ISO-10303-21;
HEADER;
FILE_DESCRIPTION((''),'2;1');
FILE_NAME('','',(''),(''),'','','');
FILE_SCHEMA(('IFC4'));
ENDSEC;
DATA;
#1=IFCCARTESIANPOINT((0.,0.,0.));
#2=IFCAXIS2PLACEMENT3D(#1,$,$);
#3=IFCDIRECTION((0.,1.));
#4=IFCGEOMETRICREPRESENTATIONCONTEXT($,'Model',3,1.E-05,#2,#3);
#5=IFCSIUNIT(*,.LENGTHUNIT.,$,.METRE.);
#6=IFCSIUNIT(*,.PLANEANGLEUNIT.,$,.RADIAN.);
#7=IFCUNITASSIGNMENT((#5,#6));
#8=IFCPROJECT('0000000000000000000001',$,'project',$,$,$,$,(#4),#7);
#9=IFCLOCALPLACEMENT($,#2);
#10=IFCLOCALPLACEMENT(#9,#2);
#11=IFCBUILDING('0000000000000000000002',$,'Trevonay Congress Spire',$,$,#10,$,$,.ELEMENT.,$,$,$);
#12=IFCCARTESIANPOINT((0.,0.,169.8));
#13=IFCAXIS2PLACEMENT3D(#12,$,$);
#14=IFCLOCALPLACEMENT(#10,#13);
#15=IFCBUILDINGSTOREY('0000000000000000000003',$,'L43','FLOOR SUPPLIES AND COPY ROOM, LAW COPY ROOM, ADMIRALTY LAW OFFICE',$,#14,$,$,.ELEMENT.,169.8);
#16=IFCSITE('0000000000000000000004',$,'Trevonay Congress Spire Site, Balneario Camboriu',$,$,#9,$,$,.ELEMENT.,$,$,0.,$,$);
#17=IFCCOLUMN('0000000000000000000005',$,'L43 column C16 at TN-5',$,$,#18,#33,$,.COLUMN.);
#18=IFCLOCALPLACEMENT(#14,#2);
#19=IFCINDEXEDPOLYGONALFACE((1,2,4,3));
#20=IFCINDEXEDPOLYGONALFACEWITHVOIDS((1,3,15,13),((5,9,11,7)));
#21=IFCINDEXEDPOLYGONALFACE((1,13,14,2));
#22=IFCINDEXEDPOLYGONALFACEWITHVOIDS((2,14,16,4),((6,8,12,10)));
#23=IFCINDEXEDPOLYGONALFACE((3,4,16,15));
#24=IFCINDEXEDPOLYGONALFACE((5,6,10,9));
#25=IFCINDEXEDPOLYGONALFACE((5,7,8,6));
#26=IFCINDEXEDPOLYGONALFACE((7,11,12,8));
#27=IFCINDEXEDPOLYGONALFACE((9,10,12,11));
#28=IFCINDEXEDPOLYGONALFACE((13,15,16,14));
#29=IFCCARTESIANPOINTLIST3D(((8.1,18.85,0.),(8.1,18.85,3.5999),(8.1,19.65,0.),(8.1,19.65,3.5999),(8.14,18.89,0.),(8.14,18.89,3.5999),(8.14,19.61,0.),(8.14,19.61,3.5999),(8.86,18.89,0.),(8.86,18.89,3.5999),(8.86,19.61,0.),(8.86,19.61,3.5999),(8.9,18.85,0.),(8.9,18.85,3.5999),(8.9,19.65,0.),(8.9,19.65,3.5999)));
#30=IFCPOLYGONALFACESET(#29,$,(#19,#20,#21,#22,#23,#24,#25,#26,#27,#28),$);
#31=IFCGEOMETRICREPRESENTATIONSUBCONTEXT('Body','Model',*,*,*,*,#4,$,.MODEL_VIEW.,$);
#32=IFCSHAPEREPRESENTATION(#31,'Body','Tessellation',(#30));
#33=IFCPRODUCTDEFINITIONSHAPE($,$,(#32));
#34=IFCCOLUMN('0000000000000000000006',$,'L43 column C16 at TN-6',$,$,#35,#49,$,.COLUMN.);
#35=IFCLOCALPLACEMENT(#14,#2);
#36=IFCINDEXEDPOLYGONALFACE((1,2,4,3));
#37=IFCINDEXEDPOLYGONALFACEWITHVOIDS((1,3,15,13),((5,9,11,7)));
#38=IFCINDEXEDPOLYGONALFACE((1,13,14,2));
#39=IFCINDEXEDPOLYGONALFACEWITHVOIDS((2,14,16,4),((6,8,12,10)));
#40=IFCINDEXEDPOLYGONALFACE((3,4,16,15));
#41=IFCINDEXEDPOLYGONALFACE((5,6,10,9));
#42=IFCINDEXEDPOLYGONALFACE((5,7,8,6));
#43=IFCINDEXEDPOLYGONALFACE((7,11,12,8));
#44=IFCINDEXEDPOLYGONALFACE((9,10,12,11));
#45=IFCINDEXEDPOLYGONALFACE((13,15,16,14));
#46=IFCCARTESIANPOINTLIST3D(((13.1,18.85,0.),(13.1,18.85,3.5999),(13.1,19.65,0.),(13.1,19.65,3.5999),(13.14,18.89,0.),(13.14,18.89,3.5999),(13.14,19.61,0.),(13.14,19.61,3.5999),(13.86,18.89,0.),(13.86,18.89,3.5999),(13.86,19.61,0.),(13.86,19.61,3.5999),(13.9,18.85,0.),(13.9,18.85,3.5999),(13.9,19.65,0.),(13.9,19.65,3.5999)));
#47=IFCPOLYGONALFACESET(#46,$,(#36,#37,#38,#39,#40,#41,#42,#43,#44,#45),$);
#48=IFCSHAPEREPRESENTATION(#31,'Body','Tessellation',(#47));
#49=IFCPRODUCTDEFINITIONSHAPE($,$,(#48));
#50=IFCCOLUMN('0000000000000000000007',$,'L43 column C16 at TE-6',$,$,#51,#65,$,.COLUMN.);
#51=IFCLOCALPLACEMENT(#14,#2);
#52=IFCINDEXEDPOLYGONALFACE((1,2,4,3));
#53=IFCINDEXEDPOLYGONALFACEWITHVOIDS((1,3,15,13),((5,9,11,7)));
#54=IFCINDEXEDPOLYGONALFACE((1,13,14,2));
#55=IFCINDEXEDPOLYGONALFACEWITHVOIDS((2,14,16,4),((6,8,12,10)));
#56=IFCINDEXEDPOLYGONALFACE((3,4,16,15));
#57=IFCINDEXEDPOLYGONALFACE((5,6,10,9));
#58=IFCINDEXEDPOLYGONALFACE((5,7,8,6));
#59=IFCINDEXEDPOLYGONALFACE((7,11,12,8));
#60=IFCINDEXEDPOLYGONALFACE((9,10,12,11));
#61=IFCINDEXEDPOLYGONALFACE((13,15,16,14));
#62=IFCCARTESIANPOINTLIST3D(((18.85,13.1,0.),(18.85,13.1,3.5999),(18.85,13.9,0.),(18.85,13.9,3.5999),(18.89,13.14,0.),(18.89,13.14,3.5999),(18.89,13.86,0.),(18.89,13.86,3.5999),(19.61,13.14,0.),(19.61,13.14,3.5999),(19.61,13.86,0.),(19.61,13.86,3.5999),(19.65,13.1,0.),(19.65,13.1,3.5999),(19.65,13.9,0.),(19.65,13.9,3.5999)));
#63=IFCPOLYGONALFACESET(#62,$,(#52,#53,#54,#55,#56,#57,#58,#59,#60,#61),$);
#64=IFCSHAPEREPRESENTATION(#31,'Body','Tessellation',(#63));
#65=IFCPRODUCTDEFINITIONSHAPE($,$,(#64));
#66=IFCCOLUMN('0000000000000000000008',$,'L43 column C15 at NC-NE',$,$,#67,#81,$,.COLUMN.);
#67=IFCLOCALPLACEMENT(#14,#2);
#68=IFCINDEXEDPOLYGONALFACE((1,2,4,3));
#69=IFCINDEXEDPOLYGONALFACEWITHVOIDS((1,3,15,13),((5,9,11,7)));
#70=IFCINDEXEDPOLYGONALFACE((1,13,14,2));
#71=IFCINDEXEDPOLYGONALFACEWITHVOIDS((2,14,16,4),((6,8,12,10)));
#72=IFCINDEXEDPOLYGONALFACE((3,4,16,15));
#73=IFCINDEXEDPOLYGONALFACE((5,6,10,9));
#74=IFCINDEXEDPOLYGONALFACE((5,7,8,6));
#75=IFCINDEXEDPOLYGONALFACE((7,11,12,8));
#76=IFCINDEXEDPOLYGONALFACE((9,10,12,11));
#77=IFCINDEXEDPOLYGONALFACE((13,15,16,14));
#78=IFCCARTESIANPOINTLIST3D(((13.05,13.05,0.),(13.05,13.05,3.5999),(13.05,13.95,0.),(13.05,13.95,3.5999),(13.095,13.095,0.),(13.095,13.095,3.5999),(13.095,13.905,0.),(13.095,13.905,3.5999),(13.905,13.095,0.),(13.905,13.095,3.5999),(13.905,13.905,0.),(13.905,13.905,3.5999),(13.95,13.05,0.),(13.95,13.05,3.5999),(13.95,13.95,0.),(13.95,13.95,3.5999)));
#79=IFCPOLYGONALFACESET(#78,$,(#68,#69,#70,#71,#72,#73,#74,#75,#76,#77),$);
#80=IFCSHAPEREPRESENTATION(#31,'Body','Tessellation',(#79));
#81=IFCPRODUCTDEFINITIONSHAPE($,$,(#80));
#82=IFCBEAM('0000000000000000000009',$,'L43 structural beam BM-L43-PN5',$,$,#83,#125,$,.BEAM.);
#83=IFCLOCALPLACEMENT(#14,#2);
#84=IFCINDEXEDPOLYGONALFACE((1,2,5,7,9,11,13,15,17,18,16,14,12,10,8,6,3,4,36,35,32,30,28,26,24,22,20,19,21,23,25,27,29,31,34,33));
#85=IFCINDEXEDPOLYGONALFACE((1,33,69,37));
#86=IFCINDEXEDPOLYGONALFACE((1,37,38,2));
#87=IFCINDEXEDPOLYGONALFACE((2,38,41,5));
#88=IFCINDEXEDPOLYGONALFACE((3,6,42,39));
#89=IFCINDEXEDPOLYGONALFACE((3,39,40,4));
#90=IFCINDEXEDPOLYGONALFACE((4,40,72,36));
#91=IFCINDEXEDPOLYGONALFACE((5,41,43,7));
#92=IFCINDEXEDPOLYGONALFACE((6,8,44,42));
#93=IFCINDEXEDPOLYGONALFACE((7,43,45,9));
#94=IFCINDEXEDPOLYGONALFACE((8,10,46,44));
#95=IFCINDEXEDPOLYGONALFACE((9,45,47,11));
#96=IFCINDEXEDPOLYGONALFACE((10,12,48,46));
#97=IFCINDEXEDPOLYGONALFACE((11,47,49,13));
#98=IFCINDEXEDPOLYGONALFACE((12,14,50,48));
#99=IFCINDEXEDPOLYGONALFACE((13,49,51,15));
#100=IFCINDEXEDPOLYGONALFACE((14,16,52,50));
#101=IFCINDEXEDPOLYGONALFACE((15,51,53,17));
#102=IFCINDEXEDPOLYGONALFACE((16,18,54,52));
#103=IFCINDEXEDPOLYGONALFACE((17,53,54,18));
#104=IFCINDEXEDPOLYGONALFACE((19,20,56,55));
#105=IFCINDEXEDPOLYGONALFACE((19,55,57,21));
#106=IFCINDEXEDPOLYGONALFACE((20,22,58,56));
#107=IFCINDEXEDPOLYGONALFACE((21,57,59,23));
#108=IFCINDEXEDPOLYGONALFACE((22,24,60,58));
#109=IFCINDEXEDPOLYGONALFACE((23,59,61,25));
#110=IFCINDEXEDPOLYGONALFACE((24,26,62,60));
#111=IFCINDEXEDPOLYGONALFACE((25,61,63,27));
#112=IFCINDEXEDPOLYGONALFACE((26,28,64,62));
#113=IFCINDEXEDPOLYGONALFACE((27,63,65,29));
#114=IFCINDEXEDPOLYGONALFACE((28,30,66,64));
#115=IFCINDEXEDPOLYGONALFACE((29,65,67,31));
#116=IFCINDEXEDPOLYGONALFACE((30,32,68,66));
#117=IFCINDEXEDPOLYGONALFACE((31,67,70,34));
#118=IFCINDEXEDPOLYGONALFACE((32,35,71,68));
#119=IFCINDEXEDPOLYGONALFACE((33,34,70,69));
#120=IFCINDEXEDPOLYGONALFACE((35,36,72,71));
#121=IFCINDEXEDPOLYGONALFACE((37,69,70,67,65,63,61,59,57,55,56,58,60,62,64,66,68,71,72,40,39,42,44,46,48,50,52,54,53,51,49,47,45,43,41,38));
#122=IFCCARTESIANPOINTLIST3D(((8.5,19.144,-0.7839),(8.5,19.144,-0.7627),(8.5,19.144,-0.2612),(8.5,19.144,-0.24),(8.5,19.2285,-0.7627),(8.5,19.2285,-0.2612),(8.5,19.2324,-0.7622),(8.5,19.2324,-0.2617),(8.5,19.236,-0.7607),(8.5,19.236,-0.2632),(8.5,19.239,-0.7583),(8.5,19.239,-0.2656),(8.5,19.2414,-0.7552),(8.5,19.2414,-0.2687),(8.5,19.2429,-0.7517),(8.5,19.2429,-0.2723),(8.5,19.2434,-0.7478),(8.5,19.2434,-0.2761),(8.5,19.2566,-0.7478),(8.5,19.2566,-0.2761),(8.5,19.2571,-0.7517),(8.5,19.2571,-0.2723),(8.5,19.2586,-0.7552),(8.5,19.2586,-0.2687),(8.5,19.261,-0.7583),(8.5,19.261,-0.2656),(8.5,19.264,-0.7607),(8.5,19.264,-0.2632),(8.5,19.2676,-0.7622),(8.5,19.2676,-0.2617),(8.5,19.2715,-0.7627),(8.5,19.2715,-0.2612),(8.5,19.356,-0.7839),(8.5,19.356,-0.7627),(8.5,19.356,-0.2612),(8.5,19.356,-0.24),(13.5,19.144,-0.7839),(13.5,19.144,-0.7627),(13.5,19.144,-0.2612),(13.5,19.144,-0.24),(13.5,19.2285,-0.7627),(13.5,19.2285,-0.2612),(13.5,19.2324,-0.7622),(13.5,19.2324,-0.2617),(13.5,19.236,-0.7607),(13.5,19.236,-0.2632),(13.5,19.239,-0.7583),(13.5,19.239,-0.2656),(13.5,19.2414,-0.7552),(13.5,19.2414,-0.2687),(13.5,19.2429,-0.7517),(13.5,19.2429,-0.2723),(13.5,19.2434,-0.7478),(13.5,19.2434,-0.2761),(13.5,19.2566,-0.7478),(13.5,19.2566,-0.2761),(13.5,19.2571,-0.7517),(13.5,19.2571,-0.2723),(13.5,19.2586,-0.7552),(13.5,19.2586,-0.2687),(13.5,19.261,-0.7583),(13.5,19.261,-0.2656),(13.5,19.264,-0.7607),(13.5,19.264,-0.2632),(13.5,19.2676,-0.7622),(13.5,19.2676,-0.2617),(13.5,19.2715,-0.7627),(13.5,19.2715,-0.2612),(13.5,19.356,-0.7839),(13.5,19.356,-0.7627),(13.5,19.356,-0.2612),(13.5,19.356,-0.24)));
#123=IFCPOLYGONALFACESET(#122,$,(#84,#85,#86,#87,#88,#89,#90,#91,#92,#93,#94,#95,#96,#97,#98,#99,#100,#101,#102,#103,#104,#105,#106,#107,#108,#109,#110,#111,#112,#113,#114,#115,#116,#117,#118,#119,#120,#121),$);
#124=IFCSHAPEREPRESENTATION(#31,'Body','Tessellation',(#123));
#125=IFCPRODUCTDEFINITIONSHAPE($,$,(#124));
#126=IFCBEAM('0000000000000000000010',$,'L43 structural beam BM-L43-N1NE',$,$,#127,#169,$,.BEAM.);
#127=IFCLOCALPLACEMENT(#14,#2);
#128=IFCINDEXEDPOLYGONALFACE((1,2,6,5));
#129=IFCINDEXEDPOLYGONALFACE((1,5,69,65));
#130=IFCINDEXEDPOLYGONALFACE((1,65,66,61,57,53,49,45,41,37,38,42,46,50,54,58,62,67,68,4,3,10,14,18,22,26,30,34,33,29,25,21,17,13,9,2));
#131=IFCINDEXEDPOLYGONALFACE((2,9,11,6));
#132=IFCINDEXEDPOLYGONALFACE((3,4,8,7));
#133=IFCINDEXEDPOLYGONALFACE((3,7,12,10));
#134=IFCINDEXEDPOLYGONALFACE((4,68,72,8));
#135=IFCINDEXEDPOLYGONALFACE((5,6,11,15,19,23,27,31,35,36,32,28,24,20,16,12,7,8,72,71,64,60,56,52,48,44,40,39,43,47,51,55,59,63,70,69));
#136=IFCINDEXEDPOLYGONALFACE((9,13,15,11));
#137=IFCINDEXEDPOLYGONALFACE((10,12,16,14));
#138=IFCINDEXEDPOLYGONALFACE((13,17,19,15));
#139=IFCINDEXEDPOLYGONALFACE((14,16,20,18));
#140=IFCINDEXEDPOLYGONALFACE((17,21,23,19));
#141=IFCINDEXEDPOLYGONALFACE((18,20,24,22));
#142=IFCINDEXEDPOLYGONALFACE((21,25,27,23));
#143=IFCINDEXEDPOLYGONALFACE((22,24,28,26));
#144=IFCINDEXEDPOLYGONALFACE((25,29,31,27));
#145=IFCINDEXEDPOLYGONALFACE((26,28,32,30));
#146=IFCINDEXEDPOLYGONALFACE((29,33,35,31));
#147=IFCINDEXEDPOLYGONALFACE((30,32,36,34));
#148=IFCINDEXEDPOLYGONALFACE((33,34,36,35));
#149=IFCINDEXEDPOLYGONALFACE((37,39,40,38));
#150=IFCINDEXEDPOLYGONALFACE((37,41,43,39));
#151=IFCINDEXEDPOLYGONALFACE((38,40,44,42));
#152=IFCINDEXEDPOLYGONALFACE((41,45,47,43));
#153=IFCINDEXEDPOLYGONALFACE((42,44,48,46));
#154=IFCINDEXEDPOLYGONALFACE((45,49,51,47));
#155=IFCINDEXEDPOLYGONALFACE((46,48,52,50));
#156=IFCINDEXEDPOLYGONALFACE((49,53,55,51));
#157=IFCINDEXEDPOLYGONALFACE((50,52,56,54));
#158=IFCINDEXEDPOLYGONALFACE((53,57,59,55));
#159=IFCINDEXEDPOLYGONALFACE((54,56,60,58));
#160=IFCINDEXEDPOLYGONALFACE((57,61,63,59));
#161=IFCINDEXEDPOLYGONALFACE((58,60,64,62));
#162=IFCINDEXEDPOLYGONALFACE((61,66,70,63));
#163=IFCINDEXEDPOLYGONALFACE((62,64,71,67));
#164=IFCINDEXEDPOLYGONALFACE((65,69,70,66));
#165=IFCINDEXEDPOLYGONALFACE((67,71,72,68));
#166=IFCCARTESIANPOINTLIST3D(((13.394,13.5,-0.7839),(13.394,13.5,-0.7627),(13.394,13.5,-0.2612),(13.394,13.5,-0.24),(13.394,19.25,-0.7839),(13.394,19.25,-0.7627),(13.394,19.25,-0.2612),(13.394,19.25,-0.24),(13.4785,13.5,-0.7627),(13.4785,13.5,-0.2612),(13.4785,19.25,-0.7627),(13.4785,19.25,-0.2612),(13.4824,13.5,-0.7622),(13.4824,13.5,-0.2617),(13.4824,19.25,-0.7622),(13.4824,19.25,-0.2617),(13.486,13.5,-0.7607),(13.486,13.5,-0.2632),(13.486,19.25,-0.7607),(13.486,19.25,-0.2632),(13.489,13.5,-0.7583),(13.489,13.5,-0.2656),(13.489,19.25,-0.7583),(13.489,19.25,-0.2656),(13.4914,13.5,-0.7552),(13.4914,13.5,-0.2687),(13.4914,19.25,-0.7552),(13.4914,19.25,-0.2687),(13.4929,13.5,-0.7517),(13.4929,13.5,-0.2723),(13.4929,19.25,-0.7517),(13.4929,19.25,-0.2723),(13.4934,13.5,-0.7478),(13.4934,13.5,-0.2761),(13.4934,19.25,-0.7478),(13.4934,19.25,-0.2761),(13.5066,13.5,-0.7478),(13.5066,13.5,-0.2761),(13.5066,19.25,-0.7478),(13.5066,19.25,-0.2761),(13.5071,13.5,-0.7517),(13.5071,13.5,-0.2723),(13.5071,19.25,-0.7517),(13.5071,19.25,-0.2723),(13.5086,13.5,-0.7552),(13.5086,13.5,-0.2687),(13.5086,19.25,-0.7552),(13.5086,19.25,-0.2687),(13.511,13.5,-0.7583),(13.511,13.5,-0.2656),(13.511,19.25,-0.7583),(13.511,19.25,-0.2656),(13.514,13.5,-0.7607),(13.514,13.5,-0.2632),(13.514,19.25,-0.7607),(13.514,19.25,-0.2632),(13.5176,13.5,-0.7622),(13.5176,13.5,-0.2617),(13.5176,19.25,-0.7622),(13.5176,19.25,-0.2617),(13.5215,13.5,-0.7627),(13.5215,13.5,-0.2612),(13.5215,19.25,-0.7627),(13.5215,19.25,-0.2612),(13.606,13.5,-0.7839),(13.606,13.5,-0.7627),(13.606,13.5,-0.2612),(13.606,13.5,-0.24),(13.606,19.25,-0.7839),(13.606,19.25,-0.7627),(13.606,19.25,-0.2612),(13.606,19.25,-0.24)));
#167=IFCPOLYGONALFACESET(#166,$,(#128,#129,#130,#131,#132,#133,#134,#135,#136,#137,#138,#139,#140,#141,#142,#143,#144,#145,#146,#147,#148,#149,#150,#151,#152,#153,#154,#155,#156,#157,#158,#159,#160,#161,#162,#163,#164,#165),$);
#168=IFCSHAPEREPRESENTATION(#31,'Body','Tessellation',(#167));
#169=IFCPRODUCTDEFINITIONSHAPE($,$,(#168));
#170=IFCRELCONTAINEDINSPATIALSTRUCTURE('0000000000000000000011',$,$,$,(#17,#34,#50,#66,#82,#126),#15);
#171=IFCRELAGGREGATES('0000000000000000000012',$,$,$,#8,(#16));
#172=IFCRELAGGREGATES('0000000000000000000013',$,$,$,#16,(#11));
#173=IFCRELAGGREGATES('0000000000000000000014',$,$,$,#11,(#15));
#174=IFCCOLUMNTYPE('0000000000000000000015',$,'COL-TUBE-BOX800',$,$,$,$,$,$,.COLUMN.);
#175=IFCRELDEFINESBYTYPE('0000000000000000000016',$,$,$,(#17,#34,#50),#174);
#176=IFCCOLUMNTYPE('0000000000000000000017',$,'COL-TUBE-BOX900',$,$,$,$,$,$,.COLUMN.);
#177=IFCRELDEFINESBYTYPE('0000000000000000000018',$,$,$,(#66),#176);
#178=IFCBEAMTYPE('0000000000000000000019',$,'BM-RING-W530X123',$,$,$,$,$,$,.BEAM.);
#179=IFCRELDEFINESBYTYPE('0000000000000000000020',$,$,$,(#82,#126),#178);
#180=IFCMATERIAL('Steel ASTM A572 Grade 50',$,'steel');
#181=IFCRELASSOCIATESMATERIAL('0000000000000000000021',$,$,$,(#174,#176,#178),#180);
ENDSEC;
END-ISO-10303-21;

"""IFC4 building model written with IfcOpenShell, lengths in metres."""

from ifc_helpers import new_model, si_unit, direction, frame, origin, origin_2d, place, context, subcontext, project, spatial, hollow_rectangle, i_section, extrude, material, material_profile, profile_set, type_object, element, save


model = new_model("IFC4")

# Units and contexts
model_context = context("Model", 3, precision=1e-05, world=origin(), true_north=direction((0.0, 1.0)))
body_context = subcontext(model_context, "Body", "Model", "MODEL_VIEW")
ifc_project = project(units=[si_unit("LENGTHUNIT", "METRE"), si_unit("PLANEANGLEUNIT", "RADIAN")], contexts=[model_context])

# Site, building, storey
site_placement = place(None, origin())
site = spatial("IfcSite", under=ifc_project, at=site_placement, Name="Trevonay Congress Spire Site, Balneario Camboriu", CompositionType="ELEMENT", RefElevation=0.0)
building_placement = place(site_placement, origin())
building = spatial("IfcBuilding", under=site, at=building_placement, Name="Trevonay Congress Spire", CompositionType="ELEMENT")
storey_placement = place(building_placement, frame((0.0, 0.0, 169.8)))
storey = spatial("IfcBuildingStorey", under=building, at=storey_placement, Name="L43", Description="FLOOR SUPPLIES AND COPY ROOM, LAW COPY ROOM, ADMIRALTY LAW OFFICE", CompositionType="ELEMENT", Elevation=169.8)

# Columns
ifc_material_1 = material(Name="Steel ASTM A572 Grade 50", Category="steel")
ifc_material_profile_1 = material_profile(ifc_material_1, hollow_rectangle(XDim=0.8, YDim=0.8, WallThickness=0.04, at=origin_2d()), Name="BOX 800x800x40")
ifc_profile_set_1 = profile_set([ifc_material_profile_1], Name="Steel ASTM A572 Grade 50")
column_type_1 = type_object("IfcColumnType", Name="COL-TUBE-BOX800", PredefinedType="COLUMN", material=ifc_profile_set_1)
for number, where, z_axis, x_axis, name in (
    (1, (8.5, 19.25, 0.0), (0.0, 0.0, 1.0), (1.0, 0.0, 0.0), "L43 column C16 at TN-5"),
    (2, (13.5, 19.25, 0.0), (0.0, 0.0, 1.0), (1.0, 0.0, 0.0), "L43 column C16 at TN-6"),
    (3, (19.25, 13.5, 0.0), (0.0, 0.0, 1.0), (1.0, 0.0, 0.0), "L43 column C16 at TE-6"),
):
    element("IfcColumn", number, at=place(storey_placement, frame(where, z_axis=z_axis, x_axis=x_axis)), inside=storey, type_object=column_type_1, Name=name, PredefinedType="COLUMN", context=body_context, shape_type="SweptSolid", body=[
        extrude(hollow_rectangle(XDim=0.8, YDim=0.8, WallThickness=0.04, at=origin_2d()), origin(), (0.0, 0.0, 1.0), 3.5999),
    ])
ifc_material_profile_2 = material_profile(ifc_material_1, hollow_rectangle(XDim=0.8999, YDim=0.8999, WallThickness=0.0449, at=origin_2d()), Name="BOX 900x900x45")
ifc_profile_set_2 = profile_set([ifc_material_profile_2], Name="Steel ASTM A572 Grade 50")
column_type_2 = type_object("IfcColumnType", Name="COL-TUBE-BOX900", PredefinedType="COLUMN", material=ifc_profile_set_2)
column_placement = place(storey_placement, frame((13.5, 13.5, 0.0), z_axis=(0.0, 0.0, 1.0), x_axis=(1.0, 0.0, 0.0)))
element("IfcColumn", 4, at=column_placement, inside=storey, type_object=column_type_2, Name="L43 column C15 at NC-NE", PredefinedType="COLUMN", context=body_context, shape_type="SweptSolid", body=[
    extrude(hollow_rectangle(XDim=0.8999, YDim=0.8999, WallThickness=0.0449, at=origin_2d()), origin(), (0.0, 0.0, 1.0), 3.5999),
])

# Beams
ifc_material_profile_3 = material_profile(ifc_material_1, i_section(OverallWidth=0.2119, OverallDepth=0.5439, WebThickness=0.0132, FlangeThickness=0.0212, FilletRadius=0.0149, at=origin_2d()), Name="W530x123")
ifc_profile_set_3 = profile_set([ifc_material_profile_3], Name="Steel ASTM A572 Grade 50")
beam_type = type_object("IfcBeamType", Name="BM-RING-W530X123", PredefinedType="BEAM", material=ifc_profile_set_3)
beam_placement = place(storey_placement, frame((8.5, 19.25, -0.512), z_axis=(1.0, 0.0, 0.0), x_axis=(0.0, 1.0, 0.0)))
element("IfcBeam", 5, at=beam_placement, inside=storey, type_object=beam_type, Name="L43 structural beam BM-L43-PN5", PredefinedType="BEAM", context=body_context, shape_type="SweptSolid", body=[
    extrude(i_section(OverallWidth=0.2119, OverallDepth=0.5439, WebThickness=0.0132, FlangeThickness=0.0212, FilletRadius=0.0149, at=origin_2d()), origin(), (0.0, 0.0, 1.0), 5.0),
])
for number, where, z_axis, x_axis, name in (
    (6, (13.5, 19.25, -0.512), (0.0, -1.0, 0.0), (1.0, 0.0, 0.0), "L43 structural beam BM-L43-N1NE"),
):
    element("IfcBeam", number, at=place(storey_placement, frame(where, z_axis=z_axis, x_axis=x_axis)), inside=storey, type_object=beam_type, Name=name, PredefinedType="BEAM", context=body_context, shape_type="SweptSolid", body=[
        extrude(i_section(OverallWidth=0.2119, OverallDepth=0.5439, WebThickness=0.0132, FlangeThickness=0.0212, FilletRadius=0.0149, at=origin_2d()), origin(), (0.0, 0.0, 1.0), 5.75),
    ])

save(model, "model.ifc")
